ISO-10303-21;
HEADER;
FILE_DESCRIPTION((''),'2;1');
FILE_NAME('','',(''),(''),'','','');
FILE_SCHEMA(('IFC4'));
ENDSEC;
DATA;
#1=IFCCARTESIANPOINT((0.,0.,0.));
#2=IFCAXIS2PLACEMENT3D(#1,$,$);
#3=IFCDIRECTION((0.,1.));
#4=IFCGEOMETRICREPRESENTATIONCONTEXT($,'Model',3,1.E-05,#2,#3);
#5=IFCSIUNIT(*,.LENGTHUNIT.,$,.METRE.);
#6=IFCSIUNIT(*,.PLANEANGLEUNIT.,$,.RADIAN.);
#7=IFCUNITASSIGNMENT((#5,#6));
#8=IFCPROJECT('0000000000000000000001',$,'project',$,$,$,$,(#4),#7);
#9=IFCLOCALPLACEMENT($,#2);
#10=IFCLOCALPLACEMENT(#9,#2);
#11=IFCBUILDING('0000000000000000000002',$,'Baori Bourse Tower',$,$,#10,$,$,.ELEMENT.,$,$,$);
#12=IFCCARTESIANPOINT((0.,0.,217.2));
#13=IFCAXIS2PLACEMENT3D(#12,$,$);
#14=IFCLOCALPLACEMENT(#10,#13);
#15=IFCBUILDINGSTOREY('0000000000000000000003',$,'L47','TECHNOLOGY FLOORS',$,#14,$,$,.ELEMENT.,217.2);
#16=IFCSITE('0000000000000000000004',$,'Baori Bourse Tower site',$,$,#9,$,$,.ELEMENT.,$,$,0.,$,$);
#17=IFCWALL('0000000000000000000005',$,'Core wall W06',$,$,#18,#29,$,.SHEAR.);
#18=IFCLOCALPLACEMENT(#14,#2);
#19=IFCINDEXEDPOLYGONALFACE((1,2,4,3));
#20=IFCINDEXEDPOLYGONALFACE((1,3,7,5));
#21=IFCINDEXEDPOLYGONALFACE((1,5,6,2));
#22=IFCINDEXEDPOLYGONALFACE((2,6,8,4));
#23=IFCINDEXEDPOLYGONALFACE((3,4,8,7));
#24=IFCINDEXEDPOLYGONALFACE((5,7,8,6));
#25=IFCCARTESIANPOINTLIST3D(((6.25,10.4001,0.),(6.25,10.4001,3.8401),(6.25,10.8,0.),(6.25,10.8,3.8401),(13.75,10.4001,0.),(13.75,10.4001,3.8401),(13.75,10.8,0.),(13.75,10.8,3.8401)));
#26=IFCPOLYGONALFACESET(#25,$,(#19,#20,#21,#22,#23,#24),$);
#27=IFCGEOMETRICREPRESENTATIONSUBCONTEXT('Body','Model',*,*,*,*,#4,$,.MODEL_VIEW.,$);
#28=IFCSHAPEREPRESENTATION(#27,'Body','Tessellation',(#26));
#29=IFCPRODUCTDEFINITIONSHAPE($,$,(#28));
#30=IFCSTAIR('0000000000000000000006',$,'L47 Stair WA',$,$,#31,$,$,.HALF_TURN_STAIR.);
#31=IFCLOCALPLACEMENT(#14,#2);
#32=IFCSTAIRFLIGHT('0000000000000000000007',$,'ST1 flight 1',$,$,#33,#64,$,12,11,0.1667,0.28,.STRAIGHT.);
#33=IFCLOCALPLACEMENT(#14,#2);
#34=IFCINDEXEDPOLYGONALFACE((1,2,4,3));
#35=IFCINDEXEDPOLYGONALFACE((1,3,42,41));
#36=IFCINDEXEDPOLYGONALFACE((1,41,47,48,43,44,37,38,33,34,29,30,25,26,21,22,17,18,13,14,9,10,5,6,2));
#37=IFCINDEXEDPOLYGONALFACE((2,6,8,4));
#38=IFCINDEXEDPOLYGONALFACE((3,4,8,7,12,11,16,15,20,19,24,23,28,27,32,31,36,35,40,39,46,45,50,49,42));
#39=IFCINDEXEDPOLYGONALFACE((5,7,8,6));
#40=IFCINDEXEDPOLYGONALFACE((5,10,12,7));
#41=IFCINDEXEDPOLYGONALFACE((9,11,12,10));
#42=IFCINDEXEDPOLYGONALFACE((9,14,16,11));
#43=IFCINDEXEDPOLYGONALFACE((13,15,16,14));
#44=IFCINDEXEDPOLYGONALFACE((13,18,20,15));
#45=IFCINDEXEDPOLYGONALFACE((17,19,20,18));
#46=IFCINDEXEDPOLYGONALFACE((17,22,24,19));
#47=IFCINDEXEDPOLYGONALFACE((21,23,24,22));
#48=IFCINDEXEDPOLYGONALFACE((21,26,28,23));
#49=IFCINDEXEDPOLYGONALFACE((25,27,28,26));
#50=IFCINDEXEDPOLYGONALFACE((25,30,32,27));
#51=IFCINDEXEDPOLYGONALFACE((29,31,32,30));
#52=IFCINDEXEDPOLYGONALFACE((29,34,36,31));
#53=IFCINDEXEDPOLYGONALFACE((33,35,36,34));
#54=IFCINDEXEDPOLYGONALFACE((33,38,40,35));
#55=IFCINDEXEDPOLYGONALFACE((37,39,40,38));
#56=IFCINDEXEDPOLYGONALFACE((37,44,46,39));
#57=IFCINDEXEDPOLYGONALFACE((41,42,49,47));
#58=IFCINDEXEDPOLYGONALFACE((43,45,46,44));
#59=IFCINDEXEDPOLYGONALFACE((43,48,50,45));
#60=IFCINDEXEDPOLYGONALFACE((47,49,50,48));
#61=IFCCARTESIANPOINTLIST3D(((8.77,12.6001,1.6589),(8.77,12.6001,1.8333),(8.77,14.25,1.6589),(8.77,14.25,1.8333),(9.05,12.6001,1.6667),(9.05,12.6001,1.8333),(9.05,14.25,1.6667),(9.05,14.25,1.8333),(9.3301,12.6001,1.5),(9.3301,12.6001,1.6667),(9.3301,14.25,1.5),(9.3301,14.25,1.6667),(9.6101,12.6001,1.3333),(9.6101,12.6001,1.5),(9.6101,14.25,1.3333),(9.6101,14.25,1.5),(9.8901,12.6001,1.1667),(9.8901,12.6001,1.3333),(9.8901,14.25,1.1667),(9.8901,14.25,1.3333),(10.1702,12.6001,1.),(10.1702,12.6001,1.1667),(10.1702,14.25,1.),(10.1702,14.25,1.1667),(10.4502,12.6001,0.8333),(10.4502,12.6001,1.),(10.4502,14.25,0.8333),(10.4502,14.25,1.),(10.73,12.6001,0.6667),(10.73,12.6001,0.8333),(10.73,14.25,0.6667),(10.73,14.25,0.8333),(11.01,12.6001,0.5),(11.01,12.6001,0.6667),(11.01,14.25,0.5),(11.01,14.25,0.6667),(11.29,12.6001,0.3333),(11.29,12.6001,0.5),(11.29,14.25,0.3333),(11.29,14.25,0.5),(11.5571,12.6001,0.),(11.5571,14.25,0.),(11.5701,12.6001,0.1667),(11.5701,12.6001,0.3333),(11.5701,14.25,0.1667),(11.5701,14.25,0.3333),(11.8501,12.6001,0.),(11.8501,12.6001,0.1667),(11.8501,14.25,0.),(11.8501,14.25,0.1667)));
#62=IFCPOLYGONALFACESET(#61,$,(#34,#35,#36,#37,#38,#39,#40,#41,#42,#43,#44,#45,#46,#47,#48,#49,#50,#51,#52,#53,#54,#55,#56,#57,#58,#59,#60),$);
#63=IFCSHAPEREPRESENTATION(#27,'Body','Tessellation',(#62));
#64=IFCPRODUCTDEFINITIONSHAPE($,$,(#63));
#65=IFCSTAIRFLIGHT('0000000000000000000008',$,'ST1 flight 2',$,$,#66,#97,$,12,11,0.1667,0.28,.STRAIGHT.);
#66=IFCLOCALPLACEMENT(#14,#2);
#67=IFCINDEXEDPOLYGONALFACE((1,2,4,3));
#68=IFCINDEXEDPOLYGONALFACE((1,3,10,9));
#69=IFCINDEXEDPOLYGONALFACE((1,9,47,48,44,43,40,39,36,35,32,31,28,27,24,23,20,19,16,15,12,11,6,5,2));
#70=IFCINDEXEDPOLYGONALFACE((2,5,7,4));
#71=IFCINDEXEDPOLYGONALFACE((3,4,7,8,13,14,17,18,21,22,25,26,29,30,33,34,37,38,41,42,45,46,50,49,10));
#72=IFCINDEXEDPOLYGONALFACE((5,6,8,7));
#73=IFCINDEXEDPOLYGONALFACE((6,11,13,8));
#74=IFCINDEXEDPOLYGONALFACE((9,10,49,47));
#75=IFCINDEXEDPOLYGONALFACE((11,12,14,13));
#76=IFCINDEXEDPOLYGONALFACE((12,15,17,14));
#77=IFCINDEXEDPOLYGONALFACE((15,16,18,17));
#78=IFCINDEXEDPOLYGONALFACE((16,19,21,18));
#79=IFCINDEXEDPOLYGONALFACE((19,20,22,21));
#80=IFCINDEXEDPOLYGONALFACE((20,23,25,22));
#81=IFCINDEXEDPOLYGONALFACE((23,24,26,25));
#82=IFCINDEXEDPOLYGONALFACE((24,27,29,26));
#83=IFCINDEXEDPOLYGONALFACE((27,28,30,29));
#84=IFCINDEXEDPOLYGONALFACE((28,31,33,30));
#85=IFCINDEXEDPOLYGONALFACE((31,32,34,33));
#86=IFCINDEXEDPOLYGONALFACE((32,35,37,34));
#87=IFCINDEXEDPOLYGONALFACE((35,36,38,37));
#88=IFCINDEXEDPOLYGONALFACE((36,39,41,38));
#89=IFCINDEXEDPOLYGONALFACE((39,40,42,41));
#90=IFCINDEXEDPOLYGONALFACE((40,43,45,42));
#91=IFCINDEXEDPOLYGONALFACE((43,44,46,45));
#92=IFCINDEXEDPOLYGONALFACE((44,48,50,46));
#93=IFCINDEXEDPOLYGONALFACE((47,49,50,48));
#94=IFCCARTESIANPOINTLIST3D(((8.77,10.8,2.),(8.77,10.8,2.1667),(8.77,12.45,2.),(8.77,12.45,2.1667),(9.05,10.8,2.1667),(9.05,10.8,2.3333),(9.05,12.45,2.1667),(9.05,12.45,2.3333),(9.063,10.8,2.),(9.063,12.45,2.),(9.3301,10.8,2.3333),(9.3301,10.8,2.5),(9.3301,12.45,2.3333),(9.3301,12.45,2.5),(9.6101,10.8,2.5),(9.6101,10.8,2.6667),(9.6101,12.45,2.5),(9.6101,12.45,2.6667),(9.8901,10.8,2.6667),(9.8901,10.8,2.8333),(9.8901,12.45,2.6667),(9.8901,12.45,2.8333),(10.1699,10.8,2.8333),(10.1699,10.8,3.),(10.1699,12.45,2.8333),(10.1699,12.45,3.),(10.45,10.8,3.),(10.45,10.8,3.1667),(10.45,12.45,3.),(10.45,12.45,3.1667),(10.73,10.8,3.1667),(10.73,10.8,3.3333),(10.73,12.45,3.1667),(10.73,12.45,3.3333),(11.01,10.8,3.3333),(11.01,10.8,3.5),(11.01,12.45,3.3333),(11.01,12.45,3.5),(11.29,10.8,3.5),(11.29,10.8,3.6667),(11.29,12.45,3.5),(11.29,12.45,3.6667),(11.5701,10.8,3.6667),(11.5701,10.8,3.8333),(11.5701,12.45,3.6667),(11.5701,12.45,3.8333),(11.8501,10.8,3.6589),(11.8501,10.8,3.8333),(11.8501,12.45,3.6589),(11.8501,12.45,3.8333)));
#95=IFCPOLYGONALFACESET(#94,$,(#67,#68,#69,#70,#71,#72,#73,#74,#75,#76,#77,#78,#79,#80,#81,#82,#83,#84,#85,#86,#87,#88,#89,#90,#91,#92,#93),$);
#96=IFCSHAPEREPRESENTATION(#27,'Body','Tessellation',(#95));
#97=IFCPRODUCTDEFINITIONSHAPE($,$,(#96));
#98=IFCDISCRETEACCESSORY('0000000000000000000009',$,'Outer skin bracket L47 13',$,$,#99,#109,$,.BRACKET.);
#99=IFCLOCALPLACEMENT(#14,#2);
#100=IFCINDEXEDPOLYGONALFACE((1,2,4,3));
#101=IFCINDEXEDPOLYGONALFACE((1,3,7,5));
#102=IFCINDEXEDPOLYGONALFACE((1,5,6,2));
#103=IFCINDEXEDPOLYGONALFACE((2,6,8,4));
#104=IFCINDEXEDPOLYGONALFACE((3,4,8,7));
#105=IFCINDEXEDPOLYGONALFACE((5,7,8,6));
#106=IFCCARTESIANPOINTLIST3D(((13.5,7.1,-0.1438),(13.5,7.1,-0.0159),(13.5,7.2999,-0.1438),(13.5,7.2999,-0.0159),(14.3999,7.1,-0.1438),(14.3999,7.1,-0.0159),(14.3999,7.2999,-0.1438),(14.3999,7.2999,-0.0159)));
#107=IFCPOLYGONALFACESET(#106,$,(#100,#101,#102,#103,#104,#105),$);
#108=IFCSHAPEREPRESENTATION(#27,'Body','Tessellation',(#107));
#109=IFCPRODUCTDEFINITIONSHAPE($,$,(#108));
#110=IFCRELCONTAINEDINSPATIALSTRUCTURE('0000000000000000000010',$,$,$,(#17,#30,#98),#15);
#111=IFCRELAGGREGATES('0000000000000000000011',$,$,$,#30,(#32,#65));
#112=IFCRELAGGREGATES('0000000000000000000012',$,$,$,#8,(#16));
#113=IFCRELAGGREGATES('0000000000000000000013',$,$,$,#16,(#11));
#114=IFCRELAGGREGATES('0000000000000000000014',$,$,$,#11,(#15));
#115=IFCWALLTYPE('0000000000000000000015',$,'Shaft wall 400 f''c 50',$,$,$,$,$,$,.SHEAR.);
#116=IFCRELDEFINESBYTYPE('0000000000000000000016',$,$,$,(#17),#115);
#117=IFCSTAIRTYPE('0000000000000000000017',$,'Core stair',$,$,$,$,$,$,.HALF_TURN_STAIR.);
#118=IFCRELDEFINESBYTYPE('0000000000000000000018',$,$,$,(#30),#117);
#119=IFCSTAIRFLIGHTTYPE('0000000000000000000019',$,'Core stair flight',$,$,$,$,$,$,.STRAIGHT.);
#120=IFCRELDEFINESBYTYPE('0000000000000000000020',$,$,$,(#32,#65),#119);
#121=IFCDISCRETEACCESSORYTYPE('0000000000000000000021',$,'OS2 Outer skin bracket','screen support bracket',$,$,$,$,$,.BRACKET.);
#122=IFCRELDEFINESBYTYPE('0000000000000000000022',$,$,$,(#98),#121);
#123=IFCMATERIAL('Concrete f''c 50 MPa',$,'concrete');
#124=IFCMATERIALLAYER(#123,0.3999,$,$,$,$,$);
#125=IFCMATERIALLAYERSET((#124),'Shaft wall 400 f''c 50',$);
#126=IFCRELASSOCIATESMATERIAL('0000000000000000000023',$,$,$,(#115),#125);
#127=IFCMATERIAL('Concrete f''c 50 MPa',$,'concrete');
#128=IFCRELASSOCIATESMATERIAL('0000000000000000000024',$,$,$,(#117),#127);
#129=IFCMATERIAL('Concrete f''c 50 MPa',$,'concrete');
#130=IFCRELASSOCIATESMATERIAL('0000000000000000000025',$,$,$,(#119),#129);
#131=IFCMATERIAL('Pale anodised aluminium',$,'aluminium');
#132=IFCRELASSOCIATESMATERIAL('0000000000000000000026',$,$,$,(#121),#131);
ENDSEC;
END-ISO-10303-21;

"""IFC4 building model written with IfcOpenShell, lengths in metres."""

from ifc_helpers import new_model, si_unit, direction, frame, frame_2d, origin, origin_2d, place, context, subcontext, project, spatial, polyline, rectangle, outline, extrude, material, layer, layer_set, type_object, element, aggregate, save


model = new_model("IFC4")

# Units and contexts
model_context = context("Model", 3, precision=1e-05, world=origin(), true_north=direction((0.0, 1.0)))
body_context = subcontext(model_context, "Body", "Model", "MODEL_VIEW")
ifc_project = project(units=[si_unit("LENGTHUNIT", "METRE"), si_unit("PLANEANGLEUNIT", "RADIAN")], contexts=[model_context])

# Site, building, storey
site_placement = place(None, origin())
site = spatial("IfcSite", under=ifc_project, at=site_placement, Name="Baori Bourse Tower site", CompositionType="ELEMENT", RefElevation=0.0)
building_placement = place(site_placement, origin())
building = spatial("IfcBuilding", under=site, at=building_placement, Name="Baori Bourse Tower", CompositionType="ELEMENT")
storey_placement = place(building_placement, frame((0.0, 0.0, 217.2)))
storey = spatial("IfcBuildingStorey", under=building, at=storey_placement, Name="L47", Description="TECHNOLOGY FLOORS", CompositionType="ELEMENT", Elevation=217.2)

# Wall
ifc_material_1 = material(Name="Concrete f'c 50 MPa", Category="concrete")
ifc_layer_1 = layer(ifc_material_1, 0.3999)
ifc_layer_set_1 = layer_set([ifc_layer_1], Name="Shaft wall 400 f'c 50")
wall_type_1 = type_object("IfcWallType", Name="Shaft wall 400 f'c 50", PredefinedType="SHEAR", material=ifc_layer_set_1)
wall_1_placement = place(storey_placement, frame((6.25, 10.6001, 0.0), z_axis=(0.0, 0.0, 1.0), x_axis=(1.0, 0.0, 0.0)))
element("IfcWall", 1, at=wall_1_placement, inside=storey, type_object=wall_type_1, Name="Core wall W06", PredefinedType="SHEAR", context=body_context, shape_type="SweptSolid", body=[
    extrude(rectangle(XDim=7.5, YDim=0.3999, at=frame_2d((3.75, 0.0))), origin(), (0.0, 0.0, 1.0), 3.8401),
])

# Stair, stair flights
ifc_material_2 = material(Name="Concrete f'c 50 MPa", Category="concrete")
stair_type = type_object("IfcStairType", Name="Core stair", PredefinedType="HALF_TURN_STAIR", material=ifc_material_2)
stair_placement = place(storey_placement, origin())
stair = element("IfcStair", 2, at=stair_placement, inside=storey, type_object=stair_type, Name="L47 Stair WA", PredefinedType="HALF_TURN_STAIR")
ifc_material_3 = material(Name="Concrete f'c 50 MPa", Category="concrete")
stair_flight_type = type_object("IfcStairFlightType", Name="Core stair flight", PredefinedType="STRAIGHT", material=ifc_material_3)
stair_flight_1_placement = place(storey_placement, frame((11.8501, 13.425, 0.0), z_axis=(0.0, 0.0, 1.0), x_axis=(-1.0, 0.0, 0.0)))
stair_flight_1 = element("IfcStairFlight", 3, at=stair_flight_1_placement, type_object=stair_flight_type, Name="ST1 flight 1", NumberOfRisers=12, NumberOfTreads=11, PredefinedType="STRAIGHT", RiserHeight=0.1667, TreadLength=0.28, context=body_context, shape_type="SweptSolid", body=[
    extrude(outline(polyline([(0.0, 0.0), (0.0, 0.1667), (0.28, 0.1667), (0.28, 0.3333), (0.5601, 0.3333), (0.5601, 0.5), (0.8401, 0.5), (0.8401, 0.6667), (1.1201, 0.6667), (1.1201, 0.8333), (1.3999, 0.8333), (1.3999, 1.0), (1.6799, 1.0), (1.6799, 1.1667), (1.96, 1.1667), (1.96, 1.3333), (2.24, 1.3333), (2.24, 1.5), (2.52, 1.5), (2.52, 1.6667), (2.8, 1.6667), (2.8, 1.8333), (3.0801, 1.8333), (3.0801, 2.0), (3.0801, 1.6589), (0.293, 0.0), (0.0, 0.0)])), frame((0.0, 0.825, 0.0), z_axis=(0.0, -1.0, 0.0), x_axis=(1.0, 0.0, 0.0)), (0.0, 0.0, 1.0), 1.6499),
])
stair_flight_2_placement = place(storey_placement, frame((8.77, 11.625, 2.0), z_axis=(0.0, 0.0, 1.0), x_axis=(1.0, 0.0, 0.0)))
stair_flight_2 = element("IfcStairFlight", 4, at=stair_flight_2_placement, type_object=stair_flight_type, Name="ST1 flight 2", NumberOfRisers=12, NumberOfTreads=11, PredefinedType="STRAIGHT", RiserHeight=0.1667, TreadLength=0.28, context=body_context, shape_type="SweptSolid", body=[
    extrude(outline(polyline([(0.0, 0.0), (0.0, 0.1667), (0.28, 0.1667), (0.28, 0.3333), (0.5601, 0.3333), (0.5601, 0.5), (0.8401, 0.5), (0.8401, 0.6667), (1.1201, 0.6667), (1.1201, 0.8333), (1.3999, 0.8333), (1.3999, 1.0), (1.6799, 1.0), (1.6799, 1.1667), (1.96, 1.1667), (1.96, 1.3333), (2.24, 1.3333), (2.24, 1.5), (2.52, 1.5), (2.52, 1.6667), (2.8, 1.6667), (2.8, 1.8333), (3.0801, 1.8333), (3.0801, 2.0), (3.0801, 1.6589), (0.293, 0.0), (0.0, 0.0)])), frame((0.0, 0.825, 0.0), z_axis=(0.0, -1.0, 0.0), x_axis=(1.0, 0.0, 0.0)), (0.0, 0.0, 1.0), 1.6499),
])
aggregate(stair, [stair_flight_1, stair_flight_2])

# Discrete accessory
ifc_material_4 = material(Name="Pale anodised aluminium", Category="aluminium")
discrete_accessory_type = type_object("IfcDiscreteAccessoryType", Name="OS2 Outer skin bracket", Description="screen support bracket", PredefinedType="BRACKET", material=ifc_material_4)
discrete_accessory_placement = place(storey_placement, frame((13.95, 7.2, -0.1438), z_axis=(0.0, 0.0, 1.0), x_axis=(0.0, -1.0, 0.0)))
element("IfcDiscreteAccessory", 5, at=discrete_accessory_placement, inside=storey, type_object=discrete_accessory_type, Name="Outer skin bracket L47 13", PredefinedType="BRACKET", context=body_context, shape_type="SweptSolid", body=[
    extrude(rectangle(XDim=0.2, YDim=0.8999, at=origin_2d()), origin(), (0.0, 0.0, 1.0), 0.1279),
])

save(model, "model.ifc")
